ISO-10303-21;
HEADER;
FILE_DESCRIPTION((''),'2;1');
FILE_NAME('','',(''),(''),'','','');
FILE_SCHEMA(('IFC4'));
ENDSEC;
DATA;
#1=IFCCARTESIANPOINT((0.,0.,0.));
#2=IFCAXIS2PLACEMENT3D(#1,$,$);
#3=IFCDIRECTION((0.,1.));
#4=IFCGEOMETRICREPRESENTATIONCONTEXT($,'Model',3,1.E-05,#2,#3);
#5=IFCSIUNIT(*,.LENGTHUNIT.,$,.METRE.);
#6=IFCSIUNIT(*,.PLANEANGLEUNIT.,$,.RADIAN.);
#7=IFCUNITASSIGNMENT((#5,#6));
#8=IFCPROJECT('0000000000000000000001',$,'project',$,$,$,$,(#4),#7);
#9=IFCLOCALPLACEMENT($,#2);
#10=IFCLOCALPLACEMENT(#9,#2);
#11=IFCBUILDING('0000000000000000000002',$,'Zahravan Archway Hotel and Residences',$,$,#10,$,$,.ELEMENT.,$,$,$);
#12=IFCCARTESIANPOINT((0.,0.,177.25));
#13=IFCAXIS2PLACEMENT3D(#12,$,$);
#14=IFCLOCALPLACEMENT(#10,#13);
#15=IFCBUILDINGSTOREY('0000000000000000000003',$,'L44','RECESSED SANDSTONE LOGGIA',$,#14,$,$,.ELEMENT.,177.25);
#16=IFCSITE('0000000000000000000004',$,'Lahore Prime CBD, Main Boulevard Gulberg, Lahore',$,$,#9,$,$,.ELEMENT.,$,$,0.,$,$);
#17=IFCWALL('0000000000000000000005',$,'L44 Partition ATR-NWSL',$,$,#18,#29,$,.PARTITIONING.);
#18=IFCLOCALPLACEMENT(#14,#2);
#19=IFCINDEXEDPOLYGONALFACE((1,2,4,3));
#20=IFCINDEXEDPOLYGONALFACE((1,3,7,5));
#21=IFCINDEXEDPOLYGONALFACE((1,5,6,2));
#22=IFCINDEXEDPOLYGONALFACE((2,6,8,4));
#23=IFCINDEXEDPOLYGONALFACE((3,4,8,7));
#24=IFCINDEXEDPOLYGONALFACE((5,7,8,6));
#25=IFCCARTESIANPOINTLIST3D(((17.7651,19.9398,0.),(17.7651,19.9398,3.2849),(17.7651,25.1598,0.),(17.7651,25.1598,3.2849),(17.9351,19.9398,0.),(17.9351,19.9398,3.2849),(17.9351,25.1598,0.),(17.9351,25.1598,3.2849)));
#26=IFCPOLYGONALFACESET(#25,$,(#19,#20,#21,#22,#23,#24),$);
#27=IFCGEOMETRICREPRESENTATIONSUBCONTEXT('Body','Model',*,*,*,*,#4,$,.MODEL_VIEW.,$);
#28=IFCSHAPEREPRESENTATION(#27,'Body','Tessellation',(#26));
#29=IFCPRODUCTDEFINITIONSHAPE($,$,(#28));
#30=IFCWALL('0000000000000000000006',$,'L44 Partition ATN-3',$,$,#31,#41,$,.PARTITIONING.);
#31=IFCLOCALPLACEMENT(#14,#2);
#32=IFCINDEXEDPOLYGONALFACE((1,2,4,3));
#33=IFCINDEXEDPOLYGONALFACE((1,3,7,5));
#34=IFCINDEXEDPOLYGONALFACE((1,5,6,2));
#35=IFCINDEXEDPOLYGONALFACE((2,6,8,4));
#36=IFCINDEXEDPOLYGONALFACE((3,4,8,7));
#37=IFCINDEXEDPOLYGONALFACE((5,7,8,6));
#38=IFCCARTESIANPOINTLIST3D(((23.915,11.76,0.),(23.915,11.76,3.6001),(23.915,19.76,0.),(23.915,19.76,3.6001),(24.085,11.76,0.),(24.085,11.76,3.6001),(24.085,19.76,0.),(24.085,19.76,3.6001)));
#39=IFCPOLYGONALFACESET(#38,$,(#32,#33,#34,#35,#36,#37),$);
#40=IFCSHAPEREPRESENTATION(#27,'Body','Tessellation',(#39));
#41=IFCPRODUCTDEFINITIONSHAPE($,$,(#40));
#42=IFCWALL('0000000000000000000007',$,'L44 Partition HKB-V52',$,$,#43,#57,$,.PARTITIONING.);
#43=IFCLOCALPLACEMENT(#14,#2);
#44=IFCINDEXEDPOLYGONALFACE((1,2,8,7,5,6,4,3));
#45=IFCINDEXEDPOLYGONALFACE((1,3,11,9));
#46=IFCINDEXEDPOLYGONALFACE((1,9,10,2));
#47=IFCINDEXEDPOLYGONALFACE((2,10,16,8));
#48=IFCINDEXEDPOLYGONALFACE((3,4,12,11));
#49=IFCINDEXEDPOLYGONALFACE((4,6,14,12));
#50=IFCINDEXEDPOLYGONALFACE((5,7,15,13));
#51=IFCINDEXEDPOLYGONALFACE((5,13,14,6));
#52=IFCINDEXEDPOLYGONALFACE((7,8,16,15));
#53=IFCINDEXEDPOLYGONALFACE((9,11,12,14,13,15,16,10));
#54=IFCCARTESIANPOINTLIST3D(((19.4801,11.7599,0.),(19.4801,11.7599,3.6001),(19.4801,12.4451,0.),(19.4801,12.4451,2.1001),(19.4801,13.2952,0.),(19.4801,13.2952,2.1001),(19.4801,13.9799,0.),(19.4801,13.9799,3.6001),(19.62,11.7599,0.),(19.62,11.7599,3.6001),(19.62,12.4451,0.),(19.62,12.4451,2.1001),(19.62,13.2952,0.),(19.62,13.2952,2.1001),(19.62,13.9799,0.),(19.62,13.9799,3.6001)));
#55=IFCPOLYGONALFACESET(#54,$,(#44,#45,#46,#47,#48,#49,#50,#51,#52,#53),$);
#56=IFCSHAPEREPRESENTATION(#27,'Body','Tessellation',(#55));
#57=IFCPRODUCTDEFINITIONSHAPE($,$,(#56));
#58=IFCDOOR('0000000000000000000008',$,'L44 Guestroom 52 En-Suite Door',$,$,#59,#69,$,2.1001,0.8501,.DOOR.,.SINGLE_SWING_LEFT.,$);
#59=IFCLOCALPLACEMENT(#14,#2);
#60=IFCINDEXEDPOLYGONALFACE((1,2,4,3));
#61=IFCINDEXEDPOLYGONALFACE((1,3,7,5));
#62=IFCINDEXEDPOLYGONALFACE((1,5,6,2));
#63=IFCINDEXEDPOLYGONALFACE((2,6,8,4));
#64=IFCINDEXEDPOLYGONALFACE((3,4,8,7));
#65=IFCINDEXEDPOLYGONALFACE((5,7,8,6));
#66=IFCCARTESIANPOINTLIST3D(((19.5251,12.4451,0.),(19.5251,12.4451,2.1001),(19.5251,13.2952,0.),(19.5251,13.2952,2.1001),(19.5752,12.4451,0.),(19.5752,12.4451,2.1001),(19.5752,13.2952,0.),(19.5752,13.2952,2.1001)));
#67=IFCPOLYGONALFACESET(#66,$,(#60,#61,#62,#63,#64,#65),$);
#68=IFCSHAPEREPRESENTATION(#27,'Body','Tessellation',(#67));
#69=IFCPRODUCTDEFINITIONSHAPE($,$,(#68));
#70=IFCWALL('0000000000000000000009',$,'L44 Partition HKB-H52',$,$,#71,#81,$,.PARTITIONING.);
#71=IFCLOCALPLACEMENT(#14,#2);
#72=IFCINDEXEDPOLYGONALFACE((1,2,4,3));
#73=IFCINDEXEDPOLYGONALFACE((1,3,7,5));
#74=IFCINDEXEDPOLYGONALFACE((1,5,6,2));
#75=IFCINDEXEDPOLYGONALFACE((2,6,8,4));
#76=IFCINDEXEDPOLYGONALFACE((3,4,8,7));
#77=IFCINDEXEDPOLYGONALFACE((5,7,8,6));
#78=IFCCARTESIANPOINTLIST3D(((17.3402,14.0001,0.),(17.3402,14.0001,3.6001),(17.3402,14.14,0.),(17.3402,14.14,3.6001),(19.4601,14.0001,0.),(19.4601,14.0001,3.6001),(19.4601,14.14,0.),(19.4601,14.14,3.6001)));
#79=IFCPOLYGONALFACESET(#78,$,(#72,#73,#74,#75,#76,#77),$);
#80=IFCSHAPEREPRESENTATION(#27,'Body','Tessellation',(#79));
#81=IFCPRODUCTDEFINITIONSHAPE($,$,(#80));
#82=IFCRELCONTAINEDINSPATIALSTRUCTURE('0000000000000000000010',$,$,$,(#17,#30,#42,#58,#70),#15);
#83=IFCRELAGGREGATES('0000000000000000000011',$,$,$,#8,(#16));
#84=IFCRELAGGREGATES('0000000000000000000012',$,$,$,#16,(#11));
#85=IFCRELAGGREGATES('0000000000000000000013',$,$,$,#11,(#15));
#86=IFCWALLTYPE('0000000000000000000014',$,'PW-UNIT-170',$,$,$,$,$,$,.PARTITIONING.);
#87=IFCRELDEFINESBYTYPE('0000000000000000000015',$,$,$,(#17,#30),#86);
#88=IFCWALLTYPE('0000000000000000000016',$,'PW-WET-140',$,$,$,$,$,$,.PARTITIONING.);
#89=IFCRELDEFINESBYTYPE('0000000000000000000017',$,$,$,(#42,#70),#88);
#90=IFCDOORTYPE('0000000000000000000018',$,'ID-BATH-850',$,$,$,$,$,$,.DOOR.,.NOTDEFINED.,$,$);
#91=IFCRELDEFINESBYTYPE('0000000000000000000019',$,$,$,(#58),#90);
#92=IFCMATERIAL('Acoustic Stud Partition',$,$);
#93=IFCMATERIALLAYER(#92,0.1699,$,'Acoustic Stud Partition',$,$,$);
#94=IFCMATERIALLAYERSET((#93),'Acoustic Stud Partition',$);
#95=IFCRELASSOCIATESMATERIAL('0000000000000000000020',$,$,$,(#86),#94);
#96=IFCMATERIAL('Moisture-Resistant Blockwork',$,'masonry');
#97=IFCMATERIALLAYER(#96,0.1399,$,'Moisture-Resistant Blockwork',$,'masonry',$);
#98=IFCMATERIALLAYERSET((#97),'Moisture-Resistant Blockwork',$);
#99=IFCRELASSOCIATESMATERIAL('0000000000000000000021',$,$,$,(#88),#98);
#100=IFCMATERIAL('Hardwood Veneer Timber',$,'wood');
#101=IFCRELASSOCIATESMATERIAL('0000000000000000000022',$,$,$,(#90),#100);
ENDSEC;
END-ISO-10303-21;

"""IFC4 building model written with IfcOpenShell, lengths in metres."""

from ifc_helpers import new_model, si_unit, direction, frame, frame_2d, origin, place, context, subcontext, project, spatial, rectangle, extrude, source, transform, mapped, material, layer, layer_set, type_object, type_shapes, element, fill, save


model = new_model("IFC4")

# Units and contexts
model_context = context("Model", 3, precision=1e-05, world=origin(), true_north=direction((0.0, 1.0)))
body_context = subcontext(model_context, "Body", "Model", "MODEL_VIEW")
ifc_project = project(units=[si_unit("LENGTHUNIT", "METRE"), si_unit("PLANEANGLEUNIT", "RADIAN")], contexts=[model_context])

# Site, building, storey
site_placement = place(None, origin())
site = spatial("IfcSite", under=ifc_project, at=site_placement, Name="Lahore Prime CBD, Main Boulevard Gulberg, Lahore", CompositionType="ELEMENT", RefElevation=0.0)
building_placement = place(site_placement, origin())
building = spatial("IfcBuilding", under=site, at=building_placement, Name="Zahravan Archway Hotel and Residences", CompositionType="ELEMENT")
storey_placement = place(building_placement, frame((0.0, 0.0, 177.25)))
storey = spatial("IfcBuildingStorey", under=building, at=storey_placement, Name="L44", Description="RECESSED SANDSTONE LOGGIA", CompositionType="ELEMENT", Elevation=177.25)

# Shared definitions
ifc_material_1 = material(Name="Hardwood Veneer Timber", Category="wood")

# Shared definitions
ifc_material_2 = material(Name="Acoustic Stud Partition")
ifc_layer_1 = layer(ifc_material_2, 0.1699, Name="Acoustic Stud Partition")
ifc_layer_set_1 = layer_set([ifc_layer_1], Name="Acoustic Stud Partition")
wall_type_1 = type_object("IfcWallType", Name="PW-UNIT-170", PredefinedType="PARTITIONING", material=ifc_layer_set_1)

# Walls
wall_1_placement = place(storey_placement, frame((17.8501, 19.9399, 0.0), z_axis=(0.0, 0.0, 1.0), x_axis=(0.0, 1.0, 0.0)))
element("IfcWall", 1, at=wall_1_placement, inside=storey, type_object=wall_type_1, Name="L44 Partition ATR-NWSL", PredefinedType="PARTITIONING", context=body_context, shape_type="SweptSolid", body=[
    extrude(rectangle(XDim=5.22, YDim=0.1699, at=frame_2d((2.6099, 0.0))), origin(), (0.0, 0.0, 1.0), 3.2849),
])
wall_2_placement = place(storey_placement, frame((24.0, 11.76, 0.0), z_axis=(0.0, 0.0, 1.0), x_axis=(0.0, 1.0, 0.0)))
element("IfcWall", 2, at=wall_2_placement, inside=storey, type_object=wall_type_1, Name="L44 Partition ATN-3", PredefinedType="PARTITIONING", context=body_context, shape_type="SweptSolid", body=[
    extrude(rectangle(XDim=8.0, YDim=0.1699, at=frame_2d((4.0, 0.0))), origin(), (0.0, 0.0, 1.0), 3.6001),
])

# Wall, opening, door
ifc_material_3 = material(Name="Moisture-Resistant Blockwork", Category="masonry")
ifc_layer_2 = layer(ifc_material_3, 0.1399, Name="Moisture-Resistant Blockwork", Category="masonry")
ifc_layer_set_2 = layer_set([ifc_layer_2], Name="Moisture-Resistant Blockwork")
wall_type_2 = type_object("IfcWallType", Name="PW-WET-140", PredefinedType="PARTITIONING", material=ifc_layer_set_2)
wall_3_placement = place(storey_placement, frame((19.55, 11.76, 0.0), z_axis=(0.0, 0.0, 1.0), x_axis=(0.0, 1.0, 0.0)))
wall_3 = element("IfcWall", 3, at=wall_3_placement, inside=storey, type_object=wall_type_2, Name="L44 Partition HKB-V52", PredefinedType="PARTITIONING", context=body_context, shape_type="SweptSolid", body=[
    extrude(rectangle(XDim=2.22, YDim=0.1399, at=frame_2d((1.1099, 0.0))), origin(), (0.0, 0.0, 1.0), 3.6001),
])
opening_1_placement = place(wall_3_placement, frame((0.6851, 0.0, 0.0)))
opening_1 = element("IfcOpeningElement", 4, at=opening_1_placement, cuts=wall_3, PredefinedType="OPENING", context=body_context, shape_type="SweptSolid", body=[
    extrude(rectangle(XDim=0.8501, YDim=2.1001, at=frame_2d((0.425, 1.05))), frame((0.0, 0.0801, 0.0), z_axis=(0.0, -1.0, 0.0), x_axis=(1.0, 0.0, 0.0)), (0.0, 0.0, 1.0), 0.1599),
])
door_type_1 = type_object("IfcDoorType", Name="ID-BATH-850", OperationType="NOTDEFINED", PredefinedType="DOOR", material=ifc_material_1)
shared_shape_1 = source(origin(), body_context, "Body", "SweptSolid", [
    extrude(rectangle(XDim=0.8501, YDim=2.1001, at=frame_2d((0.425, 1.05))), frame((0.0, 0.0249, 0.0), z_axis=(0.0, -1.0, 0.0), x_axis=(1.0, 0.0, 0.0)), (0.0, 0.0, 1.0), 0.05),
])
type_shapes(door_type_1, [shared_shape_1])
door_1_placement = place(opening_1_placement, origin())
door_1 = element("IfcDoor", 5, at=door_1_placement, inside=storey, type_object=door_type_1, Name="L44 Guestroom 52 En-Suite Door", OperationType="SINGLE_SWING_LEFT", OverallHeight=2.1001, OverallWidth=0.8501, PredefinedType="DOOR", context=body_context, shape_type="MappedRepresentation", body=[
    mapped(shared_shape_1, transform((0.0, 0.0, 0.0), scale=1.0)),
])
fill(opening_1, door_1)

# Wall
wall_4_placement = place(storey_placement, frame((17.3401, 14.0701, 0.0), z_axis=(0.0, 0.0, 1.0), x_axis=(1.0, 0.0, 0.0)))
element("IfcWall", 6, at=wall_4_placement, inside=storey, type_object=wall_type_2, Name="L44 Partition HKB-H52", PredefinedType="PARTITIONING", context=body_context, shape_type="SweptSolid", body=[
    extrude(rectangle(XDim=2.1199, YDim=0.1399, at=frame_2d((1.0601, 0.0))), origin(), (0.0, 0.0, 1.0), 3.6001),
])

save(model, "model.ifc")
